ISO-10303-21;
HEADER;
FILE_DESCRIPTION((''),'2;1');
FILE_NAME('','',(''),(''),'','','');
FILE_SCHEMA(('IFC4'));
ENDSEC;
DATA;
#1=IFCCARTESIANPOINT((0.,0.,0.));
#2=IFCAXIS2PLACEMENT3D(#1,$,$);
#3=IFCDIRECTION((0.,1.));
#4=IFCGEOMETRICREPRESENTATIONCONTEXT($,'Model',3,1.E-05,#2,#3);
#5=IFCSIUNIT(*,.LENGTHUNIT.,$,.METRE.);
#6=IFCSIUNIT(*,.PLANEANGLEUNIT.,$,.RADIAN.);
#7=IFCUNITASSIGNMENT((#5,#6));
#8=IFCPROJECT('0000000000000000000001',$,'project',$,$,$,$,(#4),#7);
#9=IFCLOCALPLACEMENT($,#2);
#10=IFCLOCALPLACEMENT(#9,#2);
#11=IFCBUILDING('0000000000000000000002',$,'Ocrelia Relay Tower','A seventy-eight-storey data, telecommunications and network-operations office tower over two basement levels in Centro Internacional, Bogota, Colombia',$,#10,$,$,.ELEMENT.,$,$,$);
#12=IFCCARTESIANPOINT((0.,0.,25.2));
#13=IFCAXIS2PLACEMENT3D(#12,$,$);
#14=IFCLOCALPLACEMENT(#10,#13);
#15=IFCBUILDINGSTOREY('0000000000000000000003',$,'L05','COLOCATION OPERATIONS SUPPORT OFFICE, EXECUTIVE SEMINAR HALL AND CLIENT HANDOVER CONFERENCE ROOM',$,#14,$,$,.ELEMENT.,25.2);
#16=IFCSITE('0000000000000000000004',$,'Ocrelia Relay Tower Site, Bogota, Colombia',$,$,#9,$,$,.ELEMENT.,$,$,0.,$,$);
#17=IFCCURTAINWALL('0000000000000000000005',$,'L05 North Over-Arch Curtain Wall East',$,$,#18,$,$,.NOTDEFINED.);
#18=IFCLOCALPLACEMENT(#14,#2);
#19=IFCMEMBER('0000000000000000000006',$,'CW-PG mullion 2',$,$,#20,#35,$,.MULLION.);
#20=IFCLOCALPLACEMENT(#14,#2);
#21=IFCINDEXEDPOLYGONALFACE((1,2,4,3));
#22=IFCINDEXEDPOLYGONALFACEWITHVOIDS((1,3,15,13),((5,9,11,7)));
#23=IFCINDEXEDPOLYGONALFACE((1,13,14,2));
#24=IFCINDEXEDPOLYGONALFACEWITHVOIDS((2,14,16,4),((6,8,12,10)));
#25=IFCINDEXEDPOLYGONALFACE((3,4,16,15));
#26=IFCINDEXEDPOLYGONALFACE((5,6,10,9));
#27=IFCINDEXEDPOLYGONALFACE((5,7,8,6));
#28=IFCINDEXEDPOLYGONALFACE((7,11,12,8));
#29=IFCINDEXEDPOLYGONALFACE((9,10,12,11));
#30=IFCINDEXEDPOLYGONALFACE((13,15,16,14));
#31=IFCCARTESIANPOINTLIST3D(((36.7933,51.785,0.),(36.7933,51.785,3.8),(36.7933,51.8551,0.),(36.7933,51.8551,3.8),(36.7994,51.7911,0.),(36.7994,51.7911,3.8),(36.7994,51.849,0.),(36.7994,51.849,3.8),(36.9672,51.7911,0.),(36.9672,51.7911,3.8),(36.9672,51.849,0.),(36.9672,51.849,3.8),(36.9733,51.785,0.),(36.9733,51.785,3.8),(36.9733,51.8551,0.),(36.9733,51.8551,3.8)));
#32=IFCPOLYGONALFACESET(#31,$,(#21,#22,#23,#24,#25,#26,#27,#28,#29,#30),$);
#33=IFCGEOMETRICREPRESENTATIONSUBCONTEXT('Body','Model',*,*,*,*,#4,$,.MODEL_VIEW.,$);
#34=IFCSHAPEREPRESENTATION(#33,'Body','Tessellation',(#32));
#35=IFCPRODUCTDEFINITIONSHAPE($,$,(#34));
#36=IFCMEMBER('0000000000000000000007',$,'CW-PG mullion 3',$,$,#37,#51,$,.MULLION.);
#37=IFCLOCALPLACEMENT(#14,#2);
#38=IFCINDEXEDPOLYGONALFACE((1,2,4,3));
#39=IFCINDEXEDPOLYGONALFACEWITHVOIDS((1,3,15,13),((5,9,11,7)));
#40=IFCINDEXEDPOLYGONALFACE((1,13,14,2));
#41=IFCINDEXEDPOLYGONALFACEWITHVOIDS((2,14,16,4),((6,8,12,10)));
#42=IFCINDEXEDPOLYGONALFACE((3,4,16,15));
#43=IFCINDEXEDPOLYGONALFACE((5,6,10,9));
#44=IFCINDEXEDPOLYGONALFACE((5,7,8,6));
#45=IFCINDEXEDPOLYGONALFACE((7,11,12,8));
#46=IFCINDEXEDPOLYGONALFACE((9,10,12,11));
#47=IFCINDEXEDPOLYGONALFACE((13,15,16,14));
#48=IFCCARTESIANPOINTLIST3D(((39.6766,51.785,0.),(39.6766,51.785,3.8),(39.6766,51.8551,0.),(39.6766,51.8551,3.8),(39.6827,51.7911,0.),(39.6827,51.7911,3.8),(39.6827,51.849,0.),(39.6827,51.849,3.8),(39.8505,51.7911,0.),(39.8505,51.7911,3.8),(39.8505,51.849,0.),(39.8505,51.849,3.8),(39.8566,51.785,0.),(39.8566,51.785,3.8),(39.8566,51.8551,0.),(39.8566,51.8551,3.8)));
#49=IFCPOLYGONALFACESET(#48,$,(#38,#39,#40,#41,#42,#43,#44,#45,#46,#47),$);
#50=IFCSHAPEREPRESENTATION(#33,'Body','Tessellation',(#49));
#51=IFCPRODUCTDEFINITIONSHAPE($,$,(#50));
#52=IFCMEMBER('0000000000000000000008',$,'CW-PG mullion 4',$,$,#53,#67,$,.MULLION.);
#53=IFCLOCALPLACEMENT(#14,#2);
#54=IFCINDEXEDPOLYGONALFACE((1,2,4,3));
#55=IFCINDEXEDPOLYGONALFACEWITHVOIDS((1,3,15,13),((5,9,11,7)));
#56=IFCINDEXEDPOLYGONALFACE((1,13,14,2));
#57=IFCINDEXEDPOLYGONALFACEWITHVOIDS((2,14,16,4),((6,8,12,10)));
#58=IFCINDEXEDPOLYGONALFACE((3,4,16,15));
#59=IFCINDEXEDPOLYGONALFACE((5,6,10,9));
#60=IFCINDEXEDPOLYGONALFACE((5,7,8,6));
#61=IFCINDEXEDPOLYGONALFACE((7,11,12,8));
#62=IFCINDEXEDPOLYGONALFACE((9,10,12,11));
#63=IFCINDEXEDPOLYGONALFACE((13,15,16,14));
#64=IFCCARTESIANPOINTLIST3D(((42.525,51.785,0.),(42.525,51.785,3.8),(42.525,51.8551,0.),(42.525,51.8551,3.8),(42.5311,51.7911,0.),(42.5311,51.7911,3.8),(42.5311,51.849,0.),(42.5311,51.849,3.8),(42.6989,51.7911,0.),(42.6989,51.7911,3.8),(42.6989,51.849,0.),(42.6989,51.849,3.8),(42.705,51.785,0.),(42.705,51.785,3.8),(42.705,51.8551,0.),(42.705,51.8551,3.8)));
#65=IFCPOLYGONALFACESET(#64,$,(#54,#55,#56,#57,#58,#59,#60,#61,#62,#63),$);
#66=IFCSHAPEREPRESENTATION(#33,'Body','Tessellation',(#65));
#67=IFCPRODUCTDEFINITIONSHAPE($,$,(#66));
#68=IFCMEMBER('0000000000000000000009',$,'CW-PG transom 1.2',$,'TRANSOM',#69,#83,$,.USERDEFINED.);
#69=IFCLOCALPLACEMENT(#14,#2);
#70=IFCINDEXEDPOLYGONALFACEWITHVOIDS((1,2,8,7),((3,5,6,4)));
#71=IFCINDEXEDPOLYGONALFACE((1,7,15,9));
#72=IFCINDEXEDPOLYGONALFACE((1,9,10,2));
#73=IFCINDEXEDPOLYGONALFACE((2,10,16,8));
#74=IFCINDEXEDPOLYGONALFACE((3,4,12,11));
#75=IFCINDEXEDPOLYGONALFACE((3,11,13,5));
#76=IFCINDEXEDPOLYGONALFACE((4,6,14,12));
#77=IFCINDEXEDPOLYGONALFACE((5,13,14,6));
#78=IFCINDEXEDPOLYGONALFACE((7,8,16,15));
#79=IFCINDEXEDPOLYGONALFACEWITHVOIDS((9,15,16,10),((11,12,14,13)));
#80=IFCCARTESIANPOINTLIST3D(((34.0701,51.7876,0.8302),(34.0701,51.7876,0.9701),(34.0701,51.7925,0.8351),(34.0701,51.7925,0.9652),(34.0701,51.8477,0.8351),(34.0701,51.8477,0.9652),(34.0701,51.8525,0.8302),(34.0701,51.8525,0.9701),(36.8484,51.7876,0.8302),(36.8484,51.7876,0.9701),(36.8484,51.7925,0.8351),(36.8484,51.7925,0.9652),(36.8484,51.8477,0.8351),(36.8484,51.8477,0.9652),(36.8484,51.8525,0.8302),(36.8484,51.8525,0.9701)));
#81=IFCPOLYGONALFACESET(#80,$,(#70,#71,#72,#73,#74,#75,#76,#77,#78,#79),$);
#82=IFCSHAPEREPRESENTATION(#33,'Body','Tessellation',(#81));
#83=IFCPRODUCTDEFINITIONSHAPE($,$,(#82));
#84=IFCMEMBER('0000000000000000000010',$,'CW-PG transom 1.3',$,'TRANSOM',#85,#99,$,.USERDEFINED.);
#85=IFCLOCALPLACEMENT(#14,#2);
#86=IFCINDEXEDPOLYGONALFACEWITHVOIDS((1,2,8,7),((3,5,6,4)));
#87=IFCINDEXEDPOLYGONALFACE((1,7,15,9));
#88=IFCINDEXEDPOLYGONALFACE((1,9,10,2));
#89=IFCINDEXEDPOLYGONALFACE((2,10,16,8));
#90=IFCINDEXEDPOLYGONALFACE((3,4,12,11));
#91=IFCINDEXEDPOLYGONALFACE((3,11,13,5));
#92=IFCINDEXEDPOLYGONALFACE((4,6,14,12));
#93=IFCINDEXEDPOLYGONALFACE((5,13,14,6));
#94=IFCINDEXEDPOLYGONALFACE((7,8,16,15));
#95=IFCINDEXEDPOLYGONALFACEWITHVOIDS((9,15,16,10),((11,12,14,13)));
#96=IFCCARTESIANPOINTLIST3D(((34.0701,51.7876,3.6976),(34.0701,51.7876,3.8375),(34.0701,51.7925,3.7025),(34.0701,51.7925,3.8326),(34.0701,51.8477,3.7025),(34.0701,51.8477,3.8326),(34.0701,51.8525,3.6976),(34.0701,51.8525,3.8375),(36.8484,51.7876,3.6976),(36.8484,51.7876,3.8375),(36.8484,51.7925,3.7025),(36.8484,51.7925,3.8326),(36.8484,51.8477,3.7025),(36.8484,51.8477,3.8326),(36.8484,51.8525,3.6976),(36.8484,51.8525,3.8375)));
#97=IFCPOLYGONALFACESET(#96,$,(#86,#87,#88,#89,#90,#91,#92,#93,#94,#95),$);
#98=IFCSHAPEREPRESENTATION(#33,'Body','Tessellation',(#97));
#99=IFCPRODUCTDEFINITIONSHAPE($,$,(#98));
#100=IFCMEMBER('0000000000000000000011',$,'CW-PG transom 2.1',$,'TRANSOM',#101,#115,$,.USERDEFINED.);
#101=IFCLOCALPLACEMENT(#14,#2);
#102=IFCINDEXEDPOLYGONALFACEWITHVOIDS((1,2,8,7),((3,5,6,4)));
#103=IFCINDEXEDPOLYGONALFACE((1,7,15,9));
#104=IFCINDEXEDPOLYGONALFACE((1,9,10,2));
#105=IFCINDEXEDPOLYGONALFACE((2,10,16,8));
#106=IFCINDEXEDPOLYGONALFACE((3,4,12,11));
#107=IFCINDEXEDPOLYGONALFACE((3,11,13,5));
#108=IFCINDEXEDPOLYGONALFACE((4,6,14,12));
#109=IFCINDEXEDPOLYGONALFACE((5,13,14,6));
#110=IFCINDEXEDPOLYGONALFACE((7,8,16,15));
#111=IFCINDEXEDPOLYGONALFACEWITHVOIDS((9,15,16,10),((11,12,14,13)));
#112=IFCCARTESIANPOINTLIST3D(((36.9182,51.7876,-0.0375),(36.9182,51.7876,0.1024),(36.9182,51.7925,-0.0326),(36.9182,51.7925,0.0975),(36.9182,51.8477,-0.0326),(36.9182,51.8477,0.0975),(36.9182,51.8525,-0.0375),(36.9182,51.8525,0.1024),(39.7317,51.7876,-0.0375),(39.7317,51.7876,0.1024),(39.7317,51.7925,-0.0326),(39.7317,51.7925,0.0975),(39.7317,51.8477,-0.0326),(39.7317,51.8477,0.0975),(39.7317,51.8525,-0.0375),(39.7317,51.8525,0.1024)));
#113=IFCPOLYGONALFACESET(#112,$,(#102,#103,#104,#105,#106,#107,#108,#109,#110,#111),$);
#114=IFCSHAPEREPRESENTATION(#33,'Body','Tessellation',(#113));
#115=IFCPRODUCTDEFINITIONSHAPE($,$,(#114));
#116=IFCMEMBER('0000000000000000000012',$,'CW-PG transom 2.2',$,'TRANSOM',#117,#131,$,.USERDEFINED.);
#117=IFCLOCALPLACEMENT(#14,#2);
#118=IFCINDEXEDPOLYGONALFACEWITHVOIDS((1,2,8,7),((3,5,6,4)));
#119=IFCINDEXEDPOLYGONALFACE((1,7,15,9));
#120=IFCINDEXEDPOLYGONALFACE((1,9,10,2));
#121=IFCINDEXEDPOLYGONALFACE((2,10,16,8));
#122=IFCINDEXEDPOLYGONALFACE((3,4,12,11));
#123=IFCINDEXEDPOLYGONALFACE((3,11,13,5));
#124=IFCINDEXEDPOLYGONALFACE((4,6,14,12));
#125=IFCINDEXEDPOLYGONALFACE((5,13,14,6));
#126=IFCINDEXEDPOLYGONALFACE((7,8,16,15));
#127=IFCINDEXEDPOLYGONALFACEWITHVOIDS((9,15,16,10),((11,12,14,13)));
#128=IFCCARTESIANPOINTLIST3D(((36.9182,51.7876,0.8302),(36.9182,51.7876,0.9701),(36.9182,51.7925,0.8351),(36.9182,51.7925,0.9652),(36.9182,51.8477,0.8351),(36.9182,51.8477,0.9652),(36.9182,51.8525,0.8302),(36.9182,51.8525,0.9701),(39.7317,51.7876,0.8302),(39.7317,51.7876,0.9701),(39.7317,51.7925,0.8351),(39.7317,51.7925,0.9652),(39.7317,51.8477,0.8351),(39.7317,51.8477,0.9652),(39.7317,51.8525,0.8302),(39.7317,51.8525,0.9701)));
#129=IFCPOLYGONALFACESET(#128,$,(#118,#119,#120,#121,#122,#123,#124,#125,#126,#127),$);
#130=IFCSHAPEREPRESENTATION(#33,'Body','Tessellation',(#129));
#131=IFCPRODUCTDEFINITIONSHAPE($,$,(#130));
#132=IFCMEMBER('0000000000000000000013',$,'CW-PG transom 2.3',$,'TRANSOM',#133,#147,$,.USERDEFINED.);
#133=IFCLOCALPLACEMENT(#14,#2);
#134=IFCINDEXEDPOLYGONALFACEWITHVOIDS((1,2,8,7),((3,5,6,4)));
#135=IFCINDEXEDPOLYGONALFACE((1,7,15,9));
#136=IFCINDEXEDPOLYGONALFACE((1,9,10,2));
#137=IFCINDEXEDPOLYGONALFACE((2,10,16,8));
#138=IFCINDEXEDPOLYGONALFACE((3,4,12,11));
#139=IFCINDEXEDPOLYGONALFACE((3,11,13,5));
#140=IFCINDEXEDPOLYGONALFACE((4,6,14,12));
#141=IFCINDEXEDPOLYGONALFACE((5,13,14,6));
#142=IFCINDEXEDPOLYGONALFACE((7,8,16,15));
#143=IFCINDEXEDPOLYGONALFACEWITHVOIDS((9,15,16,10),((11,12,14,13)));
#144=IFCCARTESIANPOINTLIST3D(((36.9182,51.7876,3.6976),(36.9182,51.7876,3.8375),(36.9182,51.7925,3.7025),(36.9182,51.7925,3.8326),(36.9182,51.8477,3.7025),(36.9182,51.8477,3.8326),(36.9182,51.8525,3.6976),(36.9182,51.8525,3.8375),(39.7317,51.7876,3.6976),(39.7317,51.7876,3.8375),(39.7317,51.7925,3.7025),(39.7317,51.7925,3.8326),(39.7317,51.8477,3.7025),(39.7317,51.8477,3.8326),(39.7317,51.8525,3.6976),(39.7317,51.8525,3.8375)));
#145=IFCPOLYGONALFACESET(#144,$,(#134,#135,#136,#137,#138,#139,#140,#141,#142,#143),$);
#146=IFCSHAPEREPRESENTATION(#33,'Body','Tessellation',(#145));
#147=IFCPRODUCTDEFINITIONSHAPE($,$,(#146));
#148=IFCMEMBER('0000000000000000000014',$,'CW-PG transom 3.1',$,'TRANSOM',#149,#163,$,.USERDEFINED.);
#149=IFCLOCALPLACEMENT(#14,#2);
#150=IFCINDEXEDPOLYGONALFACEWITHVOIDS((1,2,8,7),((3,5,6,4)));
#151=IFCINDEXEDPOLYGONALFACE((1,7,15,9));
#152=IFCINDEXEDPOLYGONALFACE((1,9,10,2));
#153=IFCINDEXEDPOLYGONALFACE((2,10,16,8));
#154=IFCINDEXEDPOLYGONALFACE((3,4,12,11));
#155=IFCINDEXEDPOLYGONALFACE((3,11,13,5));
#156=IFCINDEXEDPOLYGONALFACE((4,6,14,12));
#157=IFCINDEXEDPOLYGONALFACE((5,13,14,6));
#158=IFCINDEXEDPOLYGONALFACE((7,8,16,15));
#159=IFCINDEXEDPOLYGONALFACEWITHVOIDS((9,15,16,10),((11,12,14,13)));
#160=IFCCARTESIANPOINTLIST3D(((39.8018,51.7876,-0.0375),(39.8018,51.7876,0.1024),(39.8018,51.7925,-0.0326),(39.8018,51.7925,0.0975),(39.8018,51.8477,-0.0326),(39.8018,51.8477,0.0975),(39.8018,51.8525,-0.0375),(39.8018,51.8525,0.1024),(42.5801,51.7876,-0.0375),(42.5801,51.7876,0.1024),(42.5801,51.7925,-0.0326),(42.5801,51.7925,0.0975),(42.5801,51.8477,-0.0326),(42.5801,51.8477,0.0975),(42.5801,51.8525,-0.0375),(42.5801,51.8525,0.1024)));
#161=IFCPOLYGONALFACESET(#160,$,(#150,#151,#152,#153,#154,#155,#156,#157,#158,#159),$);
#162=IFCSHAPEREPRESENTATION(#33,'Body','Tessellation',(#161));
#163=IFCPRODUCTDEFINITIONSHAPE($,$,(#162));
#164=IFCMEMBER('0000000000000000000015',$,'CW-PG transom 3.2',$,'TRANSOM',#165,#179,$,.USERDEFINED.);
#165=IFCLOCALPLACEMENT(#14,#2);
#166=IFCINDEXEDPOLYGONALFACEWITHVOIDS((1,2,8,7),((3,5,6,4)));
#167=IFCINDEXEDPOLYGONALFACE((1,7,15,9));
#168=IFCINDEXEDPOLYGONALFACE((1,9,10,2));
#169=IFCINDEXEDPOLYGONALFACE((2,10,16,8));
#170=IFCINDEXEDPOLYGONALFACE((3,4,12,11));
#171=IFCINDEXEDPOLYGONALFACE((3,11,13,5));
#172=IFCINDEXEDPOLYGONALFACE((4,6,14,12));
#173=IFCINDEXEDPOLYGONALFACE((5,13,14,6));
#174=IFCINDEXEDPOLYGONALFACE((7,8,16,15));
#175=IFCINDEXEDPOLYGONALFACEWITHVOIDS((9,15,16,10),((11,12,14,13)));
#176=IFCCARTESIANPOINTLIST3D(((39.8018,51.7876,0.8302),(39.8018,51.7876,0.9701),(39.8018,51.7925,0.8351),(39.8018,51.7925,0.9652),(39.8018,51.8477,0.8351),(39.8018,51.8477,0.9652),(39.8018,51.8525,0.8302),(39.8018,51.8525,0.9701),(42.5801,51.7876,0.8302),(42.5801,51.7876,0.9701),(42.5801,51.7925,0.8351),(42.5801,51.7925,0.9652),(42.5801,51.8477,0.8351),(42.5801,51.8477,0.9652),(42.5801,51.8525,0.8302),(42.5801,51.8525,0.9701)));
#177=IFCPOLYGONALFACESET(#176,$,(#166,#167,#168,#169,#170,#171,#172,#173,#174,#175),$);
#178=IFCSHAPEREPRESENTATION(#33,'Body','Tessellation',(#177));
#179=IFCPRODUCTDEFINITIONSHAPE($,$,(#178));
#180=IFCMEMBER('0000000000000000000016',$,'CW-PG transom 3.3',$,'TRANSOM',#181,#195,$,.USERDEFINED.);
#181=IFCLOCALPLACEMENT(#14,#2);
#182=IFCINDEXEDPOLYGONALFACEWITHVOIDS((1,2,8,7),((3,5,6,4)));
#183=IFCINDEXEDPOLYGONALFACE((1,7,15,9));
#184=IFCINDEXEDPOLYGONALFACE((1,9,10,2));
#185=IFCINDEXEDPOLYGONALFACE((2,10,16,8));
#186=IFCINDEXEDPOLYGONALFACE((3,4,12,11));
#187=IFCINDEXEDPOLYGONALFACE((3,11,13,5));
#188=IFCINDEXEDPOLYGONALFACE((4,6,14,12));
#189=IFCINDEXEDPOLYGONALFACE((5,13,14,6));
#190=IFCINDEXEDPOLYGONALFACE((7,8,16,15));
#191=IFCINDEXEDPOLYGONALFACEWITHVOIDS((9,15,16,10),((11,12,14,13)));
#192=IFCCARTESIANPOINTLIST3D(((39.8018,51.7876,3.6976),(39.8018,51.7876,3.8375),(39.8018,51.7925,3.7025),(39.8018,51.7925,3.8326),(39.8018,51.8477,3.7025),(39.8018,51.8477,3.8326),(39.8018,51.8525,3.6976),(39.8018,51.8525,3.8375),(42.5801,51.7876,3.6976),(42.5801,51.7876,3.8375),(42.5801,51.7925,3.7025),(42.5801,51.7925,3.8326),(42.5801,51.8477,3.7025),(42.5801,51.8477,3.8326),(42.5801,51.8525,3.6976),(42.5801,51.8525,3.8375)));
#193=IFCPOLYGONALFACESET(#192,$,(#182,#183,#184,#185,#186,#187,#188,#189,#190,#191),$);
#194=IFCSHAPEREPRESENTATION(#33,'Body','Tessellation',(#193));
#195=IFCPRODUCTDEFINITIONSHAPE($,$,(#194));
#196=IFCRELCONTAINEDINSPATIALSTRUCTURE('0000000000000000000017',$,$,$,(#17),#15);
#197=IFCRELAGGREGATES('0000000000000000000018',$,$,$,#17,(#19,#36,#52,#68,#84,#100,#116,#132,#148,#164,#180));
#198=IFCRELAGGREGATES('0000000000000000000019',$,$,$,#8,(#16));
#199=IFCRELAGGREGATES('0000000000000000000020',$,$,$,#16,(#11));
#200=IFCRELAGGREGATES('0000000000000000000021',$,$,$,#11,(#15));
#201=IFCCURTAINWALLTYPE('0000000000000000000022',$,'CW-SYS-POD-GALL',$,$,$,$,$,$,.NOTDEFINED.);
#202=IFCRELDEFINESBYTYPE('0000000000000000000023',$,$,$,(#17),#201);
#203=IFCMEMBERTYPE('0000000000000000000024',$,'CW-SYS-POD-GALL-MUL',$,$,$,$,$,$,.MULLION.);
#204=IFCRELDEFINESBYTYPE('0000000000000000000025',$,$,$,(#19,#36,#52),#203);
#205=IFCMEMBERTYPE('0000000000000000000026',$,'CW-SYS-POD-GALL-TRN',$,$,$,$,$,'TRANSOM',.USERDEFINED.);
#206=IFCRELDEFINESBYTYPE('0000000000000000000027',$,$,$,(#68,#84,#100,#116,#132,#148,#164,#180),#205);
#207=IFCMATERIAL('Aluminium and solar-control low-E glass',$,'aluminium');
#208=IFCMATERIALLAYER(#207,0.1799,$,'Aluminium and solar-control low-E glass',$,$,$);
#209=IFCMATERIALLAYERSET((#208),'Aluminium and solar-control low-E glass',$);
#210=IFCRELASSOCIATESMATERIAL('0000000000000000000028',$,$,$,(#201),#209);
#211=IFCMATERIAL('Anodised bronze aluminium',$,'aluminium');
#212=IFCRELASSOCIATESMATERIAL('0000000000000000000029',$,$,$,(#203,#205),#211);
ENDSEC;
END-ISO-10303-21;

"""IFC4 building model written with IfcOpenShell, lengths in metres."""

from ifc_helpers import new_model, si_unit, direction, frame, origin, origin_2d, place, context, subcontext, project, spatial, hollow_rectangle, extrude, material, layer, layer_set, material_profile, profile_set, type_object, element, aggregate, save


model = new_model("IFC4")

# Units and contexts
model_context = context("Model", 3, precision=1e-05, world=origin(), true_north=direction((0.0, 1.0)))
body_context = subcontext(model_context, "Body", "Model", "MODEL_VIEW")
ifc_project = project(units=[si_unit("LENGTHUNIT", "METRE"), si_unit("PLANEANGLEUNIT", "RADIAN")], contexts=[model_context])

# Site, building, storey
site_placement = place(None, origin())
site = spatial("IfcSite", under=ifc_project, at=site_placement, Name="Ocrelia Relay Tower Site, Bogota, Colombia", CompositionType="ELEMENT", RefElevation=0.0)
building_placement = place(site_placement, origin())
building = spatial("IfcBuilding", under=site, at=building_placement, Name="Ocrelia Relay Tower", Description="A seventy-eight-storey data, telecommunications and network-operations office tower over two basement levels in Centro Internacional, Bogota, Colombia", CompositionType="ELEMENT")
storey_placement = place(building_placement, frame((0.0, 0.0, 25.2)))
storey = spatial("IfcBuildingStorey", under=building, at=storey_placement, Name="L05", Description="COLOCATION OPERATIONS SUPPORT OFFICE, EXECUTIVE SEMINAR HALL AND CLIENT HANDOVER CONFERENCE ROOM", CompositionType="ELEMENT", Elevation=25.2)

# Curtain wall, members
ifc_material_1 = material(Name="Aluminium and solar-control low-E glass", Category="aluminium")
ifc_layer_1 = layer(ifc_material_1, 0.1799, Name="Aluminium and solar-control low-E glass")
ifc_layer_set_1 = layer_set([ifc_layer_1], Name="Aluminium and solar-control low-E glass")
curtain_wall_type = type_object("IfcCurtainWallType", Name="CW-SYS-POD-GALL", PredefinedType="NOTDEFINED", material=ifc_layer_set_1)
curtain_wall_placement = place(storey_placement, origin())
curtain_wall = element("IfcCurtainWall", 1, at=curtain_wall_placement, inside=storey, type_object=curtain_wall_type, Name="L05 North Over-Arch Curtain Wall East", PredefinedType="NOTDEFINED")
ifc_material_2 = material(Name="Anodised bronze aluminium", Category="aluminium")
ifc_material_profile_1 = material_profile(ifc_material_2, hollow_rectangle(XDim=0.0701, YDim=0.1799, WallThickness=0.0061, at=origin_2d()), Name="CW-MUL-180x70")
ifc_profile_set_1 = profile_set([ifc_material_profile_1], Name="Anodised bronze aluminium")
member_type_1 = type_object("IfcMemberType", Name="CW-SYS-POD-GALL-MUL", PredefinedType="MULLION", material=ifc_profile_set_1)
member_1_placement = place(storey_placement, frame((36.8833, 51.8201, 0.0), z_axis=(0.0, 0.0, 1.0), x_axis=(0.0, 1.0, 0.0)))
member_1 = element("IfcMember", 2, at=member_1_placement, type_object=member_type_1, Name="CW-PG mullion 2", PredefinedType="MULLION", context=body_context, shape_type="SweptSolid", body=[
    extrude(hollow_rectangle(XDim=0.0701, YDim=0.1799, WallThickness=0.0061, at=origin_2d()), origin(), (0.0, 0.0, 1.0), 3.8),
])
member_2_placement = place(storey_placement, frame((39.7666, 51.8201, 0.0), z_axis=(0.0, 0.0, 1.0), x_axis=(0.0, 1.0, 0.0)))
member_2 = element("IfcMember", 3, at=member_2_placement, type_object=member_type_1, Name="CW-PG mullion 3", PredefinedType="MULLION", context=body_context, shape_type="SweptSolid", body=[
    extrude(hollow_rectangle(XDim=0.0701, YDim=0.1799, WallThickness=0.0061, at=origin_2d()), origin(), (0.0, 0.0, 1.0), 3.8),
])
member_3_placement = place(storey_placement, frame((42.615, 51.8201, 0.0), z_axis=(0.0, 0.0, 1.0), x_axis=(0.0, 1.0, 0.0)))
member_3 = element("IfcMember", 4, at=member_3_placement, type_object=member_type_1, Name="CW-PG mullion 4", PredefinedType="MULLION", context=body_context, shape_type="SweptSolid", body=[
    extrude(hollow_rectangle(XDim=0.0701, YDim=0.1799, WallThickness=0.0061, at=origin_2d()), origin(), (0.0, 0.0, 1.0), 3.8),
])
ifc_material_profile_2 = material_profile(ifc_material_2, hollow_rectangle(XDim=0.0649, YDim=0.1399, WallThickness=0.0049, at=origin_2d()), Name="CW-TRN-140x65")
ifc_profile_set_2 = profile_set([ifc_material_profile_2], Name="Anodised bronze aluminium")
member_type_2 = type_object("IfcMemberType", Name="CW-SYS-POD-GALL-TRN", ElementType="TRANSOM", PredefinedType="USERDEFINED", material=ifc_profile_set_2)
member_4_placement = place(storey_placement, frame((34.0701, 51.8201, 0.9001), z_axis=(1.0, 0.0, 0.0), x_axis=(0.0, 1.0, 0.0)))
member_4 = element("IfcMember", 5, at=member_4_placement, type_object=member_type_2, Name="CW-PG transom 1.2", ObjectType="TRANSOM", PredefinedType="USERDEFINED", context=body_context, shape_type="SweptSolid", body=[
    extrude(hollow_rectangle(XDim=0.0649, YDim=0.1399, WallThickness=0.0049, at=origin_2d()), origin(), (0.0, 0.0, 1.0), 2.7783),
])
member_5_placement = place(storey_placement, frame((34.0701, 51.8201, 3.7676), z_axis=(1.0, 0.0, 0.0), x_axis=(0.0, 1.0, 0.0)))
member_5 = element("IfcMember", 6, at=member_5_placement, type_object=member_type_2, Name="CW-PG transom 1.3", ObjectType="TRANSOM", PredefinedType="USERDEFINED", context=body_context, shape_type="SweptSolid", body=[
    extrude(hollow_rectangle(XDim=0.0649, YDim=0.1399, WallThickness=0.0049, at=origin_2d()), origin(), (0.0, 0.0, 1.0), 2.7783),
])
member_6_placement = place(storey_placement, frame((36.9182, 51.8201, 0.0325), z_axis=(1.0, 0.0, 0.0), x_axis=(0.0, 1.0, 0.0)))
member_6 = element("IfcMember", 7, at=member_6_placement, type_object=member_type_2, Name="CW-PG transom 2.1", ObjectType="TRANSOM", PredefinedType="USERDEFINED", context=body_context, shape_type="SweptSolid", body=[
    extrude(hollow_rectangle(XDim=0.0649, YDim=0.1399, WallThickness=0.0049, at=origin_2d()), origin(), (0.0, 0.0, 1.0), 2.8135),
])
member_7_placement = place(storey_placement, frame((36.9182, 51.8201, 0.9001), z_axis=(1.0, 0.0, 0.0), x_axis=(0.0, 1.0, 0.0)))
member_7 = element("IfcMember", 8, at=member_7_placement, type_object=member_type_2, Name="CW-PG transom 2.2", ObjectType="TRANSOM", PredefinedType="USERDEFINED", context=body_context, shape_type="SweptSolid", body=[
    extrude(hollow_rectangle(XDim=0.0649, YDim=0.1399, WallThickness=0.0049, at=origin_2d()), origin(), (0.0, 0.0, 1.0), 2.8135),
])
member_8_placement = place(storey_placement, frame((36.9182, 51.8201, 3.7676), z_axis=(1.0, 0.0, 0.0), x_axis=(0.0, 1.0, 0.0)))
member_8 = element("IfcMember", 9, at=member_8_placement, type_object=member_type_2, Name="CW-PG transom 2.3", ObjectType="TRANSOM", PredefinedType="USERDEFINED", context=body_context, shape_type="SweptSolid", body=[
    extrude(hollow_rectangle(XDim=0.0649, YDim=0.1399, WallThickness=0.0049, at=origin_2d()), origin(), (0.0, 0.0, 1.0), 2.8135),
])
member_9_placement = place(storey_placement, frame((39.8018, 51.8201, 0.0325), z_axis=(1.0, 0.0, 0.0), x_axis=(0.0, 1.0, 0.0)))
member_9 = element("IfcMember", 10, at=member_9_placement, type_object=member_type_2, Name="CW-PG transom 3.1", ObjectType="TRANSOM", PredefinedType="USERDEFINED", context=body_context, shape_type="SweptSolid", body=[
    extrude(hollow_rectangle(XDim=0.0649, YDim=0.1399, WallThickness=0.0049, at=origin_2d()), origin(), (0.0, 0.0, 1.0), 2.7783),
])
member_10_placement = place(storey_placement, frame((39.8018, 51.8201, 0.9001), z_axis=(1.0, 0.0, 0.0), x_axis=(0.0, 1.0, 0.0)))
member_10 = element("IfcMember", 11, at=member_10_placement, type_object=member_type_2, Name="CW-PG transom 3.2", ObjectType="TRANSOM", PredefinedType="USERDEFINED", context=body_context, shape_type="SweptSolid", body=[
    extrude(hollow_rectangle(XDim=0.0649, YDim=0.1399, WallThickness=0.0049, at=origin_2d()), origin(), (0.0, 0.0, 1.0), 2.7783),
])
member_11_placement = place(storey_placement, frame((39.8018, 51.8201, 3.7676), z_axis=(1.0, 0.0, 0.0), x_axis=(0.0, 1.0, 0.0)))
member_11 = element("IfcMember", 12, at=member_11_placement, type_object=member_type_2, Name="CW-PG transom 3.3", ObjectType="TRANSOM", PredefinedType="USERDEFINED", context=body_context, shape_type="SweptSolid", body=[
    extrude(hollow_rectangle(XDim=0.0649, YDim=0.1399, WallThickness=0.0049, at=origin_2d()), origin(), (0.0, 0.0, 1.0), 2.7783),
])
aggregate(curtain_wall, [member_1, member_2, member_3, member_4, member_5, member_6, member_7, member_8, member_9, member_10, member_11])

save(model, "model.ifc")
